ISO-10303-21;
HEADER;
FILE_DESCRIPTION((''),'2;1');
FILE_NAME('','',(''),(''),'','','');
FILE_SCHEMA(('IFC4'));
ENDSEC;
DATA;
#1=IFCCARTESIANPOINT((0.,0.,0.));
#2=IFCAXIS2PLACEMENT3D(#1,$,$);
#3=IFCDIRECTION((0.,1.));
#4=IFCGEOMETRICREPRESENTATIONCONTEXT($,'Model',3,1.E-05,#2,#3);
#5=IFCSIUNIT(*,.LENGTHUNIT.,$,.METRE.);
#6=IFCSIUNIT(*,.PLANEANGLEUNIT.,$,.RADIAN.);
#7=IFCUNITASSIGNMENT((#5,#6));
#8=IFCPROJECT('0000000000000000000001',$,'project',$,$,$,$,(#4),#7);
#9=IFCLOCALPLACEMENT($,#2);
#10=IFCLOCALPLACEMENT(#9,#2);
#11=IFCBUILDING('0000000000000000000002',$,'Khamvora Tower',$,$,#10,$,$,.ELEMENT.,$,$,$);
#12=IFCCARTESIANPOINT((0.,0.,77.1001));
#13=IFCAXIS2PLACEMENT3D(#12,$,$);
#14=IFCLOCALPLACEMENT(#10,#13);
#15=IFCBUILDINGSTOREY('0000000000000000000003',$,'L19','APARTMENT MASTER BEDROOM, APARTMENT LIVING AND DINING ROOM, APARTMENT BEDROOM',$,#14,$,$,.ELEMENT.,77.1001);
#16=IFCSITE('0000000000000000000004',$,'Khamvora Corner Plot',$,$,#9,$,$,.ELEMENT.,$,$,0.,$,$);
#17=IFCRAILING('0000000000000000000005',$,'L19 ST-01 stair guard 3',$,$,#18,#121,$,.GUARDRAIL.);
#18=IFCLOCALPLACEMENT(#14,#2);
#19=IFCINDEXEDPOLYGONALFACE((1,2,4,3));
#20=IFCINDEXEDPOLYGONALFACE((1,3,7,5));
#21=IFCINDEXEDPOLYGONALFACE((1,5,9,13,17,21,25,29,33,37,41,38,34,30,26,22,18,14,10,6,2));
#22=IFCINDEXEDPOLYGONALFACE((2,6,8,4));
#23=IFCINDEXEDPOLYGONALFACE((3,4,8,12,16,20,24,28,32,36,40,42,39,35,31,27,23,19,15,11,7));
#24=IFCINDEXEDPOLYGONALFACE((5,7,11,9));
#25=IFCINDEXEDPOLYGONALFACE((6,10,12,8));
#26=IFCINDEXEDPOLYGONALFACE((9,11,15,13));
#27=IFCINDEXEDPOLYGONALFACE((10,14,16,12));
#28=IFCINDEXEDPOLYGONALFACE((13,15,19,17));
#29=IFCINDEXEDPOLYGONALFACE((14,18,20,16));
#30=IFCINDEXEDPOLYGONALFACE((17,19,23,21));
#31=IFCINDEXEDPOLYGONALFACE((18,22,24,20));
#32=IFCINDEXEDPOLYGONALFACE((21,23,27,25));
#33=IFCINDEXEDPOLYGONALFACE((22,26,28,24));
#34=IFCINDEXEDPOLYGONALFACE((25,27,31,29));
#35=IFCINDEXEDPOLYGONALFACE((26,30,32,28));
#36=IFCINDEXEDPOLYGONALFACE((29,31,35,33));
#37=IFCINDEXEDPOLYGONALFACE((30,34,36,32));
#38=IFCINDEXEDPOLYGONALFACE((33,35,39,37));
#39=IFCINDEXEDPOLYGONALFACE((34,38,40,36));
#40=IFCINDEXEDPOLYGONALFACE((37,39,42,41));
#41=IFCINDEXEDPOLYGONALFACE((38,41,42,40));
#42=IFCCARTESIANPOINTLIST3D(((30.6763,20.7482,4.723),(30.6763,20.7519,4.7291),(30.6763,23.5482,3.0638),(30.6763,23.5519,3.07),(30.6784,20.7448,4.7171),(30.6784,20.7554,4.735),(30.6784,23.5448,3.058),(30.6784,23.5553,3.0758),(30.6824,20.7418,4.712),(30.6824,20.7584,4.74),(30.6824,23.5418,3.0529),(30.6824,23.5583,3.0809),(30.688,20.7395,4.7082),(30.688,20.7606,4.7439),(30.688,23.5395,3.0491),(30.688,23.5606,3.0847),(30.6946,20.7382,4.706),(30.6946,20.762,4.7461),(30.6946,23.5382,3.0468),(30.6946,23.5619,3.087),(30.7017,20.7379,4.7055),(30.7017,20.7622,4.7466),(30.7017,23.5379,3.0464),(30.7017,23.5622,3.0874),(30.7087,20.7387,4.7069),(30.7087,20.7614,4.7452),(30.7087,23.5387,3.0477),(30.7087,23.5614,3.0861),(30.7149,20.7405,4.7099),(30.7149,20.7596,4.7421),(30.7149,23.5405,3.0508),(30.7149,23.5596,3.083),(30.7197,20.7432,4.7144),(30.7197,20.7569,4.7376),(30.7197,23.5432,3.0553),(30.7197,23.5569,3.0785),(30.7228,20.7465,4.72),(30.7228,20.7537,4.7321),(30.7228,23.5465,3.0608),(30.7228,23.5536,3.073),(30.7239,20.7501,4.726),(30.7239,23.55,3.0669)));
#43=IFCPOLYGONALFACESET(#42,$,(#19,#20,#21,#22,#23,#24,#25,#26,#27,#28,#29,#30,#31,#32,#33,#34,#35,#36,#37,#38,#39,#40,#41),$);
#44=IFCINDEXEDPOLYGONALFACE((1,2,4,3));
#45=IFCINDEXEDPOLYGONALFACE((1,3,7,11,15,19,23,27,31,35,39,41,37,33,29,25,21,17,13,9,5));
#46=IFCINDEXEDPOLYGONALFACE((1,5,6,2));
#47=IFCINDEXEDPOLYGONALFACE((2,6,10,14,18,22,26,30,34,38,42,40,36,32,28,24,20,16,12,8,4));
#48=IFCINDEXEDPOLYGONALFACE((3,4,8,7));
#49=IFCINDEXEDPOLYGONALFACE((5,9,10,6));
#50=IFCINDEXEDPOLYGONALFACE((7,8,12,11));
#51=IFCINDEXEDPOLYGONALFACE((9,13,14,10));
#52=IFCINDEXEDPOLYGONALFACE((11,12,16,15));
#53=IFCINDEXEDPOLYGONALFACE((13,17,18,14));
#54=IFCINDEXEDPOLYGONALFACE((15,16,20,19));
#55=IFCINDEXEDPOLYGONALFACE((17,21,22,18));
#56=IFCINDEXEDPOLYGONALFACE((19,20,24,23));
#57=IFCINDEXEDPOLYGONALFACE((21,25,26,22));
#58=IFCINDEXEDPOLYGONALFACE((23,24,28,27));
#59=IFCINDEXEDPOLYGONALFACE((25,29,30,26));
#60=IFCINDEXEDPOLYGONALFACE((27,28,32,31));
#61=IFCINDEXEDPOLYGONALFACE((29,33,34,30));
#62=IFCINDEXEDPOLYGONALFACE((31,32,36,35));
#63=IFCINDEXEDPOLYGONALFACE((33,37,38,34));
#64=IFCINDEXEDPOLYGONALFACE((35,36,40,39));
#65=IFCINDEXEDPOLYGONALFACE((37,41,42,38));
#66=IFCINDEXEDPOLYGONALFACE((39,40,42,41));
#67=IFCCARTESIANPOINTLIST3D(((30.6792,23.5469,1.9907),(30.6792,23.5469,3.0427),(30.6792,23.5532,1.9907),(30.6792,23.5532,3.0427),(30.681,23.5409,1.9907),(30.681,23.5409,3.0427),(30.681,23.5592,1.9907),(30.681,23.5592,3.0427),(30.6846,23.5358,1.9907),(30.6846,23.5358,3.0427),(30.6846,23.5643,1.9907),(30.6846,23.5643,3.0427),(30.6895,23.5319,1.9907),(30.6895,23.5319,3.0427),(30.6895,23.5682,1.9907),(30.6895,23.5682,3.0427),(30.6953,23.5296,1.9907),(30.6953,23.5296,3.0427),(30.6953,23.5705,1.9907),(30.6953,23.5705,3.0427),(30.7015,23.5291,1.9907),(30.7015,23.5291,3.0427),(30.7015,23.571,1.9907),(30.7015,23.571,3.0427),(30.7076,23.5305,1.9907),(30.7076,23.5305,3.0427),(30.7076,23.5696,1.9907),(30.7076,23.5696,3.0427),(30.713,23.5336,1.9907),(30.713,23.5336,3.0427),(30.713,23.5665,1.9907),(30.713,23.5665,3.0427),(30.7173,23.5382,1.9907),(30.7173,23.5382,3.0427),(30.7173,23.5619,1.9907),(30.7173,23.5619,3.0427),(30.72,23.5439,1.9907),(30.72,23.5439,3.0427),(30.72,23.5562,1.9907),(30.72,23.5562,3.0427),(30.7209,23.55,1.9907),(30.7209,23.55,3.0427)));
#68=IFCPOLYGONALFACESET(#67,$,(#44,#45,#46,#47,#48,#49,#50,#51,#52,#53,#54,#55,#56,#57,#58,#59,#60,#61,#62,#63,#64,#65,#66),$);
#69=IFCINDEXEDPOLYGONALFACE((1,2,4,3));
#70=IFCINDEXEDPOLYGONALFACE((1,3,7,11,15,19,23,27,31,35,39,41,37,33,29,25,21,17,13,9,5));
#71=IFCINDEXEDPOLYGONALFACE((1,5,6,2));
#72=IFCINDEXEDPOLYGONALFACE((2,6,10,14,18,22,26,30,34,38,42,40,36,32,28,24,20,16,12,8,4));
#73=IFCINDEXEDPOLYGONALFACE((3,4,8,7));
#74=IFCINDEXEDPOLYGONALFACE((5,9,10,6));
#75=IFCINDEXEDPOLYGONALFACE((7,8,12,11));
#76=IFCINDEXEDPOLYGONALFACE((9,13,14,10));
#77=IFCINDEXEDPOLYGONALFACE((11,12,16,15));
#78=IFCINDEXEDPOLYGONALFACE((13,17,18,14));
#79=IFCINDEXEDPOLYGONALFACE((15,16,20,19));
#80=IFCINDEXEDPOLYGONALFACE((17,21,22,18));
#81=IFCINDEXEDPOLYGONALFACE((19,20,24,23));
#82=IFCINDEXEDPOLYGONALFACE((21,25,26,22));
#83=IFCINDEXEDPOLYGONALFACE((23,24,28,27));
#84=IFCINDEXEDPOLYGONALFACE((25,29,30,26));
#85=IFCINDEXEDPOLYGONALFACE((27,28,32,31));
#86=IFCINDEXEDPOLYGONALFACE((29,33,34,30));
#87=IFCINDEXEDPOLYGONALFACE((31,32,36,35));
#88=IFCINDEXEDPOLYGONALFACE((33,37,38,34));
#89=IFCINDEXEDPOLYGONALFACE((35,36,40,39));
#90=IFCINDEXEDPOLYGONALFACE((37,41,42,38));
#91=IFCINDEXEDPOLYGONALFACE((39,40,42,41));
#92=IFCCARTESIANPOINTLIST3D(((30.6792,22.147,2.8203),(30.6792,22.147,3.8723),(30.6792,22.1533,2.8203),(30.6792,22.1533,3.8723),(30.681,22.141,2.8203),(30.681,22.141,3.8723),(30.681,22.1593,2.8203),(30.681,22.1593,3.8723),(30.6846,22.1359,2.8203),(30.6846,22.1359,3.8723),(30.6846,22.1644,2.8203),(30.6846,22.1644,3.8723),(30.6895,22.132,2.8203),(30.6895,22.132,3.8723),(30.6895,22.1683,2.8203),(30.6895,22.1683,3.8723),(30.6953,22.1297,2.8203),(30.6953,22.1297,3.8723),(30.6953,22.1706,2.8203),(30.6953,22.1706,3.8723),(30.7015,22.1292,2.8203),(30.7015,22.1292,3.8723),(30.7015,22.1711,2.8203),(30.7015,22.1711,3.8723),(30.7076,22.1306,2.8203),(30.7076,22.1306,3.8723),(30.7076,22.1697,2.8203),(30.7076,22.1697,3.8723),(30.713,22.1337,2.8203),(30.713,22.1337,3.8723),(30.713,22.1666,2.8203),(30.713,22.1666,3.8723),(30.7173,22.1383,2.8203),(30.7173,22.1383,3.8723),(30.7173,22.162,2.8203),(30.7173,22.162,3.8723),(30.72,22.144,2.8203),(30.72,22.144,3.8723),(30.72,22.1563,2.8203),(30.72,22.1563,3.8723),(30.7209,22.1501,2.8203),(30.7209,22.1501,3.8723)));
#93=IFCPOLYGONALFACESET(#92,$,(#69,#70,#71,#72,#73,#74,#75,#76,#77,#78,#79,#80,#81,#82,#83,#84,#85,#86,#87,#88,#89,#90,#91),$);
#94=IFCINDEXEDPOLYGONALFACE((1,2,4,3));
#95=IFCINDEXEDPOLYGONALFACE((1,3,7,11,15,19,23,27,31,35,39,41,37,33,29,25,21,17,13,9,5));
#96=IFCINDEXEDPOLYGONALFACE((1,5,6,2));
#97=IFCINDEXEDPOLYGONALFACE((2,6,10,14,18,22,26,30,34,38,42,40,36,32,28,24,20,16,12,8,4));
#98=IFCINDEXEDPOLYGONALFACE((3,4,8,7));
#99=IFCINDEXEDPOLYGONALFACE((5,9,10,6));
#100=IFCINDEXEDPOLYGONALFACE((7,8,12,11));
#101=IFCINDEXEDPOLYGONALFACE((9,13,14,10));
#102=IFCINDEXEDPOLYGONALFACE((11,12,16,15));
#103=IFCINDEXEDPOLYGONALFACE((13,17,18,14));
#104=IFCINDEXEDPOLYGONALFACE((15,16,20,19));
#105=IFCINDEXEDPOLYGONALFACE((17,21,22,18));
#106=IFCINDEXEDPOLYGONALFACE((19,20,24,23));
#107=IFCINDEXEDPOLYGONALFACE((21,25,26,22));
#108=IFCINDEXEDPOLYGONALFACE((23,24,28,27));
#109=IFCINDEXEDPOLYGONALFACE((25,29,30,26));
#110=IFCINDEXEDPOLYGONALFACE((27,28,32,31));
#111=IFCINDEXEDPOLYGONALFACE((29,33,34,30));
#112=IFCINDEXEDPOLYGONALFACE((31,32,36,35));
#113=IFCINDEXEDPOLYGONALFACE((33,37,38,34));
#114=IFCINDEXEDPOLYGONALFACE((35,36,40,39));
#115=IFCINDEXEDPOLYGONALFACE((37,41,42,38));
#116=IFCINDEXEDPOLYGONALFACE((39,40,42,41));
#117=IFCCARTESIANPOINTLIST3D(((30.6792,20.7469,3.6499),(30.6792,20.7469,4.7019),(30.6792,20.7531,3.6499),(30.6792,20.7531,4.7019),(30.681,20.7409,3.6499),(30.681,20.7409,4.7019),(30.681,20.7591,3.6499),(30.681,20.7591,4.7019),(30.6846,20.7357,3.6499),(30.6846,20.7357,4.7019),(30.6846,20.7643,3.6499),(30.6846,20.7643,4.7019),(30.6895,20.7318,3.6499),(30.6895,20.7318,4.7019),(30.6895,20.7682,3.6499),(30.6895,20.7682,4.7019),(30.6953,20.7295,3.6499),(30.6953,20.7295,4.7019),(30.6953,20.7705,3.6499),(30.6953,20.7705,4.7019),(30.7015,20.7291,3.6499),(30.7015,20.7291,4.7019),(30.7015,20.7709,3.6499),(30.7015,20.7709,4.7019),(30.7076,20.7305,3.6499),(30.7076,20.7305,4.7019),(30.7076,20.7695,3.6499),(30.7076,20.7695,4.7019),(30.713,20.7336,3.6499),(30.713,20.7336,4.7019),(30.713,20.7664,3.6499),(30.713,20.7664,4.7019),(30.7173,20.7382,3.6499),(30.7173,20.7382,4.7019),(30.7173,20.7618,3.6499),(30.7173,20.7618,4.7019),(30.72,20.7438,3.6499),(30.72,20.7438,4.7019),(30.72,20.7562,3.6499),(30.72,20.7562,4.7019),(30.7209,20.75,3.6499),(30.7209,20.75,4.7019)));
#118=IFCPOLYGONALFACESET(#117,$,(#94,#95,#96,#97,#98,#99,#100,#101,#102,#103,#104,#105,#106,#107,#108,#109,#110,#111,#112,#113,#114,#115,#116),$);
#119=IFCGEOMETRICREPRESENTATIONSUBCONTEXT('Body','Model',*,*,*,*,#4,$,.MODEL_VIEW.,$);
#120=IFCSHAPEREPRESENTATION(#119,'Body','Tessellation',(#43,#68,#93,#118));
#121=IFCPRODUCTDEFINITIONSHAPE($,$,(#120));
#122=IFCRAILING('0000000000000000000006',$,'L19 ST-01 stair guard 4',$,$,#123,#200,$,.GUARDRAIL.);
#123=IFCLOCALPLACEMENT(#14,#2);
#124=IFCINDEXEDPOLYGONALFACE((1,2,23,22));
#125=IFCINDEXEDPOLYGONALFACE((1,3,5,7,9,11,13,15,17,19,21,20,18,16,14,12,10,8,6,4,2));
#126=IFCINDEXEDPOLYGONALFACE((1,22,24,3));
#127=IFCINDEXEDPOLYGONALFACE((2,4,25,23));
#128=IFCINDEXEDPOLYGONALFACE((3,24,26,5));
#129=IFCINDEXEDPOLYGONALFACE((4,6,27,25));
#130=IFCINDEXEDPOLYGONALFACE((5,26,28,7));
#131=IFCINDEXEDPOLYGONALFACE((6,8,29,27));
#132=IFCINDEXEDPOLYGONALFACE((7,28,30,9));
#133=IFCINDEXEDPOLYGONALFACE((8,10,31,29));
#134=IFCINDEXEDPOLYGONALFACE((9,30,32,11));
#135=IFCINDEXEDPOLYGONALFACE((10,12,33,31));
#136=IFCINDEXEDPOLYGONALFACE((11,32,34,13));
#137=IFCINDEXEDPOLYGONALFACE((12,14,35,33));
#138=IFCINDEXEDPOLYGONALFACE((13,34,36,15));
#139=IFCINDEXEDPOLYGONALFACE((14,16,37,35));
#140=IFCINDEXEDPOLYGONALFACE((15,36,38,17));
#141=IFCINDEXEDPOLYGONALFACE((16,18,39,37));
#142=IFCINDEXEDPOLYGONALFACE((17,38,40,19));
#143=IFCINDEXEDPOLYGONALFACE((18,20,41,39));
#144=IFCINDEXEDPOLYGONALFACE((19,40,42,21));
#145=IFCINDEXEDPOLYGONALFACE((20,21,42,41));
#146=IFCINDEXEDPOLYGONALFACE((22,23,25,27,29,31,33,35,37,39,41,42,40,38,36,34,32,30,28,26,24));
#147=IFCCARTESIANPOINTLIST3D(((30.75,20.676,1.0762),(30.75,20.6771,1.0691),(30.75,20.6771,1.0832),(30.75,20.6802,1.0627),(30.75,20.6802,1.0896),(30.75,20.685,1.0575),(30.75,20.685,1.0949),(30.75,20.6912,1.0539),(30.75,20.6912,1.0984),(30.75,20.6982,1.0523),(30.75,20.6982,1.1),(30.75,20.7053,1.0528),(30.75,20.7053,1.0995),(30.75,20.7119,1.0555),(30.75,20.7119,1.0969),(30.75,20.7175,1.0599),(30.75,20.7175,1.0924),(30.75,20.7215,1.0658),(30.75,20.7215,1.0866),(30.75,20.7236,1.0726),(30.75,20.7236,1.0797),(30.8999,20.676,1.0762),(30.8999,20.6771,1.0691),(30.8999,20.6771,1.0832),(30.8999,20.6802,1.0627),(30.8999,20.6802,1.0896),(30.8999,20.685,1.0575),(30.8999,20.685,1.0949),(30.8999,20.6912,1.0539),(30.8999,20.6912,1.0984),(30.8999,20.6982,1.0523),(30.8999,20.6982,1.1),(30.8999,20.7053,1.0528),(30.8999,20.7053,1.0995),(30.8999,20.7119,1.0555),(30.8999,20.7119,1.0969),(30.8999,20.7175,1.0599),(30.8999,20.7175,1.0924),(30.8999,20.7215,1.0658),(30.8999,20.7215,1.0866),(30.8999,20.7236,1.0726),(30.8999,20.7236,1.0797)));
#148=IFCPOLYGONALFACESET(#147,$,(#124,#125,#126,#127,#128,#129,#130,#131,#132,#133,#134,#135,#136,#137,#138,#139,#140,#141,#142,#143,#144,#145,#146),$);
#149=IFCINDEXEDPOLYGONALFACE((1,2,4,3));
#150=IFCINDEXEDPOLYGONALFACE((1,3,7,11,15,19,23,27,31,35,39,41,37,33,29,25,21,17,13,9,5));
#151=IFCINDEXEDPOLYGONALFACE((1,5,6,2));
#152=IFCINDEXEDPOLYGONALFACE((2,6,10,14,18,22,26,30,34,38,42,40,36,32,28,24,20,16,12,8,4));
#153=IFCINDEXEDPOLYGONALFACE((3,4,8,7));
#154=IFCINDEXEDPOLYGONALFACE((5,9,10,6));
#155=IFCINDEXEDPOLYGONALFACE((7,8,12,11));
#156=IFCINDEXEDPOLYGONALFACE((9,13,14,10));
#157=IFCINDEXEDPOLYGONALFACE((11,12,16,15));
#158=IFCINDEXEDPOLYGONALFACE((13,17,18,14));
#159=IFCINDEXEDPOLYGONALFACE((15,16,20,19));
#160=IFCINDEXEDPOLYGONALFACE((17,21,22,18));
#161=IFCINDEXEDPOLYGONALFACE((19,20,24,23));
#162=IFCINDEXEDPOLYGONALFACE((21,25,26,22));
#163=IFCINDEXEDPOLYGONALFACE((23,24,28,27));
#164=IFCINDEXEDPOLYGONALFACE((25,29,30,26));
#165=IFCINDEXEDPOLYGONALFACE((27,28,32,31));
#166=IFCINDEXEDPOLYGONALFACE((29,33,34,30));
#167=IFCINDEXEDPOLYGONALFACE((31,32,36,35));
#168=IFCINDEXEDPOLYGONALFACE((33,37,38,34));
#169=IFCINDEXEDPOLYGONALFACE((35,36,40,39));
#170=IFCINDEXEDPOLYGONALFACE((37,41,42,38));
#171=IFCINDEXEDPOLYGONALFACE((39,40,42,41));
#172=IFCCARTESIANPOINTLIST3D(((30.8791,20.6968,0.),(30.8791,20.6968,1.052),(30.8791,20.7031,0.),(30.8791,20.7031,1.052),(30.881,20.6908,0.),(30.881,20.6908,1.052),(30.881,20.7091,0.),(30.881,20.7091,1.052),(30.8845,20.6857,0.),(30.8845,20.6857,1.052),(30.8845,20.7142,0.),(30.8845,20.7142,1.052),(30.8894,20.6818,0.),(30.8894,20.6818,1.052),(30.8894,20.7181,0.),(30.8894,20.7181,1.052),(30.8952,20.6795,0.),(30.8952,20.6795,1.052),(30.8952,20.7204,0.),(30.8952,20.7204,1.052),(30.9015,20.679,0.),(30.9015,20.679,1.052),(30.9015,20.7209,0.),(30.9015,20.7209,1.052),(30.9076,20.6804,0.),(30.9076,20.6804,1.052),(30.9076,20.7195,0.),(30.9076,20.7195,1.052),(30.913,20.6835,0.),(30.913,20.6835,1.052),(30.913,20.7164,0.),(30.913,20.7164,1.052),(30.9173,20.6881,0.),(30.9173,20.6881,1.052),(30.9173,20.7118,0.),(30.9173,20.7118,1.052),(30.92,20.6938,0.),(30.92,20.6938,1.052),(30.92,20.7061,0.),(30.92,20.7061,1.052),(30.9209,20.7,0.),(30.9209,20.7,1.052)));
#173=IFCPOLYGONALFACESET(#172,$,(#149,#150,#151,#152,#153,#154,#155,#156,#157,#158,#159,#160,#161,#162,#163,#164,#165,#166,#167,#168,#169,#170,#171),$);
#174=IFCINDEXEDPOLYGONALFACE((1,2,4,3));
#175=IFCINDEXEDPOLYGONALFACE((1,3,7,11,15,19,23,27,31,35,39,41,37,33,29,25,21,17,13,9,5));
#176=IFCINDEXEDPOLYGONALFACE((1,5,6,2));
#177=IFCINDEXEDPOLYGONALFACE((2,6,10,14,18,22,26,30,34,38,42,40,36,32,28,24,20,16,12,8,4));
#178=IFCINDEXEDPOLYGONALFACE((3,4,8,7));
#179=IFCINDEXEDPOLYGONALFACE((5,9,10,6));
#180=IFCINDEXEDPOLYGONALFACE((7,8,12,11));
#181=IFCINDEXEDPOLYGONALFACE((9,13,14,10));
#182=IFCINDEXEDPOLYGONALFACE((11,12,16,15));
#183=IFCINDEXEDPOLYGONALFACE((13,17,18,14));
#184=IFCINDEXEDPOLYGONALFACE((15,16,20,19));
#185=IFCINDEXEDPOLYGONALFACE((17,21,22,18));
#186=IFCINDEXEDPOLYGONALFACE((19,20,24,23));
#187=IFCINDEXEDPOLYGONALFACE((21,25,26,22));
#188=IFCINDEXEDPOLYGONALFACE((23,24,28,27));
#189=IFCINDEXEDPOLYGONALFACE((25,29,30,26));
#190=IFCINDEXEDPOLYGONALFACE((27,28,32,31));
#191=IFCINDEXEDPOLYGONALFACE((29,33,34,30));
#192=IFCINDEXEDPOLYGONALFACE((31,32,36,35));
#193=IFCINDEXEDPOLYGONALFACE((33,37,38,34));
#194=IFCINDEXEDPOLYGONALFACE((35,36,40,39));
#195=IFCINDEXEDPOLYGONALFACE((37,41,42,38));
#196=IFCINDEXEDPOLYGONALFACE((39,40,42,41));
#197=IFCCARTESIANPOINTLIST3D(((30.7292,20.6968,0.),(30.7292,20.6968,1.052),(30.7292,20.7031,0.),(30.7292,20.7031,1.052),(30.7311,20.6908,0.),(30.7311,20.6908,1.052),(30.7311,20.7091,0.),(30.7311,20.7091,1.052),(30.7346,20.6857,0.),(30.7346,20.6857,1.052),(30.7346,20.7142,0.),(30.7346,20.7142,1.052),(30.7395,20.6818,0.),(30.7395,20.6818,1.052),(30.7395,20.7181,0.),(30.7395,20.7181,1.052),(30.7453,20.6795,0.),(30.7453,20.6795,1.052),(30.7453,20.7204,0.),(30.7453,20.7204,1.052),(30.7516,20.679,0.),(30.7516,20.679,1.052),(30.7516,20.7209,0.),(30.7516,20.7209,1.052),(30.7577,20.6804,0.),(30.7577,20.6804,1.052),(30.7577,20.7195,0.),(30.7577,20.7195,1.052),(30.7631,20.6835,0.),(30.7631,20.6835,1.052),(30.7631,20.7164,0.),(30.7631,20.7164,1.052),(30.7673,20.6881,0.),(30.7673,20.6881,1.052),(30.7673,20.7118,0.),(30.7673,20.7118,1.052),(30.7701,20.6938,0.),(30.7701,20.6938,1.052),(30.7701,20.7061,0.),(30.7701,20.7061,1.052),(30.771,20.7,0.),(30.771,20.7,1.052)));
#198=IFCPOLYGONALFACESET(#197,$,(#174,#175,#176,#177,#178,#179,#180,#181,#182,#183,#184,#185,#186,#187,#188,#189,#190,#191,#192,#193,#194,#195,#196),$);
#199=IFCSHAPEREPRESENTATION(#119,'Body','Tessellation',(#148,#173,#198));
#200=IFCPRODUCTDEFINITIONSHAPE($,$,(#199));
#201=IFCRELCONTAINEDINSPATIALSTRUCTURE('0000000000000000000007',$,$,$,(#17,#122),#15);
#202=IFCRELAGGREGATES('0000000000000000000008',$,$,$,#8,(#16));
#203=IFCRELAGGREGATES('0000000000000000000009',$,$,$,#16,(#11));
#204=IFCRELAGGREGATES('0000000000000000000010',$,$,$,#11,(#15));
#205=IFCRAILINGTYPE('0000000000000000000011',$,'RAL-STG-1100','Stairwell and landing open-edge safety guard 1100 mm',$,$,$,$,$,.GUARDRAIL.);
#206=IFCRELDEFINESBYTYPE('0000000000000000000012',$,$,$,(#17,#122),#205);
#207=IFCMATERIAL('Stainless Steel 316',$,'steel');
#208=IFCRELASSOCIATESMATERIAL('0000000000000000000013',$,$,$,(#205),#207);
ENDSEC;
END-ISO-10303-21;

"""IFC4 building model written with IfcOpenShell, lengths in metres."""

from ifc_helpers import new_model, si_unit, direction, frame, origin, origin_2d, place, context, subcontext, project, spatial, circle, extrude, material, type_object, element, save


model = new_model("IFC4")

# Units and contexts
model_context = context("Model", 3, precision=1e-05, world=origin(), true_north=direction((0.0, 1.0)))
body_context = subcontext(model_context, "Body", "Model", "MODEL_VIEW")
ifc_project = project(units=[si_unit("LENGTHUNIT", "METRE"), si_unit("PLANEANGLEUNIT", "RADIAN")], contexts=[model_context])

# Site, building, storey
site_placement = place(None, origin())
site = spatial("IfcSite", under=ifc_project, at=site_placement, Name="Khamvora Corner Plot", CompositionType="ELEMENT", RefElevation=0.0)
building_placement = place(site_placement, origin())
building = spatial("IfcBuilding", under=site, at=building_placement, Name="Khamvora Tower", CompositionType="ELEMENT")
storey_placement = place(building_placement, frame((0.0, 0.0, 77.1001)))
storey = spatial("IfcBuildingStorey", under=building, at=storey_placement, Name="L19", Description="APARTMENT MASTER BEDROOM, APARTMENT LIVING AND DINING ROOM, APARTMENT BEDROOM", CompositionType="ELEMENT", Elevation=77.1001)

# Railings
ifc_material_1 = material(Name="Stainless Steel 316", Category="steel")
railing_type_1 = type_object("IfcRailingType", Name="RAL-STG-1100", Description="Stairwell and landing open-edge safety guard 1100 mm", PredefinedType="GUARDRAIL", material=ifc_material_1)
railing_1_placement = place(storey_placement, frame((30.7, 23.55, 1.9907)))
element("IfcRailing", 1, at=railing_1_placement, inside=storey, type_object=railing_type_1, Name="L19 ST-01 stair guard 3", PredefinedType="GUARDRAIL", context=body_context, shape_type="SweptSolid", body=[
    extrude(circle(Radius=0.0239, at=origin_2d()), frame((0.0, 0.0, 1.0762), z_axis=(0.0, -0.860306, 0.509778), x_axis=(1.0, 0.0, 0.0)), (0.0, 0.0, 1.0), 3.2546),
    extrude(circle(Radius=0.021, at=origin_2d()), origin(), (0.0, 0.0, 1.0), 1.052),
    extrude(circle(Radius=0.021, at=origin_2d()), frame((0.0, -1.3999, 0.8296)), (0.0, 0.0, 1.0), 1.052),
    extrude(circle(Radius=0.021, at=origin_2d()), frame((0.0, -2.8, 1.6592)), (0.0, 0.0, 1.0), 1.052),
])
railing_2_placement = place(storey_placement, frame((30.8999, 20.7, 0.0)))
element("IfcRailing", 2, at=railing_2_placement, inside=storey, type_object=railing_type_1, Name="L19 ST-01 stair guard 4", PredefinedType="GUARDRAIL", context=body_context, shape_type="SweptSolid", body=[
    extrude(circle(Radius=0.0239, at=origin_2d()), frame((0.0, 0.0, 1.0762), z_axis=(-1.0, 0.0, 0.0), x_axis=(0.0, -1.0, 0.0)), (0.0, 0.0, 1.0), 0.1499),
    extrude(circle(Radius=0.021, at=origin_2d()), origin(), (0.0, 0.0, 1.0), 1.052),
    extrude(circle(Radius=0.021, at=origin_2d()), frame((-0.1499, 0.0, 0.0)), (0.0, 0.0, 1.0), 1.052),
])

save(model, "model.ifc")
